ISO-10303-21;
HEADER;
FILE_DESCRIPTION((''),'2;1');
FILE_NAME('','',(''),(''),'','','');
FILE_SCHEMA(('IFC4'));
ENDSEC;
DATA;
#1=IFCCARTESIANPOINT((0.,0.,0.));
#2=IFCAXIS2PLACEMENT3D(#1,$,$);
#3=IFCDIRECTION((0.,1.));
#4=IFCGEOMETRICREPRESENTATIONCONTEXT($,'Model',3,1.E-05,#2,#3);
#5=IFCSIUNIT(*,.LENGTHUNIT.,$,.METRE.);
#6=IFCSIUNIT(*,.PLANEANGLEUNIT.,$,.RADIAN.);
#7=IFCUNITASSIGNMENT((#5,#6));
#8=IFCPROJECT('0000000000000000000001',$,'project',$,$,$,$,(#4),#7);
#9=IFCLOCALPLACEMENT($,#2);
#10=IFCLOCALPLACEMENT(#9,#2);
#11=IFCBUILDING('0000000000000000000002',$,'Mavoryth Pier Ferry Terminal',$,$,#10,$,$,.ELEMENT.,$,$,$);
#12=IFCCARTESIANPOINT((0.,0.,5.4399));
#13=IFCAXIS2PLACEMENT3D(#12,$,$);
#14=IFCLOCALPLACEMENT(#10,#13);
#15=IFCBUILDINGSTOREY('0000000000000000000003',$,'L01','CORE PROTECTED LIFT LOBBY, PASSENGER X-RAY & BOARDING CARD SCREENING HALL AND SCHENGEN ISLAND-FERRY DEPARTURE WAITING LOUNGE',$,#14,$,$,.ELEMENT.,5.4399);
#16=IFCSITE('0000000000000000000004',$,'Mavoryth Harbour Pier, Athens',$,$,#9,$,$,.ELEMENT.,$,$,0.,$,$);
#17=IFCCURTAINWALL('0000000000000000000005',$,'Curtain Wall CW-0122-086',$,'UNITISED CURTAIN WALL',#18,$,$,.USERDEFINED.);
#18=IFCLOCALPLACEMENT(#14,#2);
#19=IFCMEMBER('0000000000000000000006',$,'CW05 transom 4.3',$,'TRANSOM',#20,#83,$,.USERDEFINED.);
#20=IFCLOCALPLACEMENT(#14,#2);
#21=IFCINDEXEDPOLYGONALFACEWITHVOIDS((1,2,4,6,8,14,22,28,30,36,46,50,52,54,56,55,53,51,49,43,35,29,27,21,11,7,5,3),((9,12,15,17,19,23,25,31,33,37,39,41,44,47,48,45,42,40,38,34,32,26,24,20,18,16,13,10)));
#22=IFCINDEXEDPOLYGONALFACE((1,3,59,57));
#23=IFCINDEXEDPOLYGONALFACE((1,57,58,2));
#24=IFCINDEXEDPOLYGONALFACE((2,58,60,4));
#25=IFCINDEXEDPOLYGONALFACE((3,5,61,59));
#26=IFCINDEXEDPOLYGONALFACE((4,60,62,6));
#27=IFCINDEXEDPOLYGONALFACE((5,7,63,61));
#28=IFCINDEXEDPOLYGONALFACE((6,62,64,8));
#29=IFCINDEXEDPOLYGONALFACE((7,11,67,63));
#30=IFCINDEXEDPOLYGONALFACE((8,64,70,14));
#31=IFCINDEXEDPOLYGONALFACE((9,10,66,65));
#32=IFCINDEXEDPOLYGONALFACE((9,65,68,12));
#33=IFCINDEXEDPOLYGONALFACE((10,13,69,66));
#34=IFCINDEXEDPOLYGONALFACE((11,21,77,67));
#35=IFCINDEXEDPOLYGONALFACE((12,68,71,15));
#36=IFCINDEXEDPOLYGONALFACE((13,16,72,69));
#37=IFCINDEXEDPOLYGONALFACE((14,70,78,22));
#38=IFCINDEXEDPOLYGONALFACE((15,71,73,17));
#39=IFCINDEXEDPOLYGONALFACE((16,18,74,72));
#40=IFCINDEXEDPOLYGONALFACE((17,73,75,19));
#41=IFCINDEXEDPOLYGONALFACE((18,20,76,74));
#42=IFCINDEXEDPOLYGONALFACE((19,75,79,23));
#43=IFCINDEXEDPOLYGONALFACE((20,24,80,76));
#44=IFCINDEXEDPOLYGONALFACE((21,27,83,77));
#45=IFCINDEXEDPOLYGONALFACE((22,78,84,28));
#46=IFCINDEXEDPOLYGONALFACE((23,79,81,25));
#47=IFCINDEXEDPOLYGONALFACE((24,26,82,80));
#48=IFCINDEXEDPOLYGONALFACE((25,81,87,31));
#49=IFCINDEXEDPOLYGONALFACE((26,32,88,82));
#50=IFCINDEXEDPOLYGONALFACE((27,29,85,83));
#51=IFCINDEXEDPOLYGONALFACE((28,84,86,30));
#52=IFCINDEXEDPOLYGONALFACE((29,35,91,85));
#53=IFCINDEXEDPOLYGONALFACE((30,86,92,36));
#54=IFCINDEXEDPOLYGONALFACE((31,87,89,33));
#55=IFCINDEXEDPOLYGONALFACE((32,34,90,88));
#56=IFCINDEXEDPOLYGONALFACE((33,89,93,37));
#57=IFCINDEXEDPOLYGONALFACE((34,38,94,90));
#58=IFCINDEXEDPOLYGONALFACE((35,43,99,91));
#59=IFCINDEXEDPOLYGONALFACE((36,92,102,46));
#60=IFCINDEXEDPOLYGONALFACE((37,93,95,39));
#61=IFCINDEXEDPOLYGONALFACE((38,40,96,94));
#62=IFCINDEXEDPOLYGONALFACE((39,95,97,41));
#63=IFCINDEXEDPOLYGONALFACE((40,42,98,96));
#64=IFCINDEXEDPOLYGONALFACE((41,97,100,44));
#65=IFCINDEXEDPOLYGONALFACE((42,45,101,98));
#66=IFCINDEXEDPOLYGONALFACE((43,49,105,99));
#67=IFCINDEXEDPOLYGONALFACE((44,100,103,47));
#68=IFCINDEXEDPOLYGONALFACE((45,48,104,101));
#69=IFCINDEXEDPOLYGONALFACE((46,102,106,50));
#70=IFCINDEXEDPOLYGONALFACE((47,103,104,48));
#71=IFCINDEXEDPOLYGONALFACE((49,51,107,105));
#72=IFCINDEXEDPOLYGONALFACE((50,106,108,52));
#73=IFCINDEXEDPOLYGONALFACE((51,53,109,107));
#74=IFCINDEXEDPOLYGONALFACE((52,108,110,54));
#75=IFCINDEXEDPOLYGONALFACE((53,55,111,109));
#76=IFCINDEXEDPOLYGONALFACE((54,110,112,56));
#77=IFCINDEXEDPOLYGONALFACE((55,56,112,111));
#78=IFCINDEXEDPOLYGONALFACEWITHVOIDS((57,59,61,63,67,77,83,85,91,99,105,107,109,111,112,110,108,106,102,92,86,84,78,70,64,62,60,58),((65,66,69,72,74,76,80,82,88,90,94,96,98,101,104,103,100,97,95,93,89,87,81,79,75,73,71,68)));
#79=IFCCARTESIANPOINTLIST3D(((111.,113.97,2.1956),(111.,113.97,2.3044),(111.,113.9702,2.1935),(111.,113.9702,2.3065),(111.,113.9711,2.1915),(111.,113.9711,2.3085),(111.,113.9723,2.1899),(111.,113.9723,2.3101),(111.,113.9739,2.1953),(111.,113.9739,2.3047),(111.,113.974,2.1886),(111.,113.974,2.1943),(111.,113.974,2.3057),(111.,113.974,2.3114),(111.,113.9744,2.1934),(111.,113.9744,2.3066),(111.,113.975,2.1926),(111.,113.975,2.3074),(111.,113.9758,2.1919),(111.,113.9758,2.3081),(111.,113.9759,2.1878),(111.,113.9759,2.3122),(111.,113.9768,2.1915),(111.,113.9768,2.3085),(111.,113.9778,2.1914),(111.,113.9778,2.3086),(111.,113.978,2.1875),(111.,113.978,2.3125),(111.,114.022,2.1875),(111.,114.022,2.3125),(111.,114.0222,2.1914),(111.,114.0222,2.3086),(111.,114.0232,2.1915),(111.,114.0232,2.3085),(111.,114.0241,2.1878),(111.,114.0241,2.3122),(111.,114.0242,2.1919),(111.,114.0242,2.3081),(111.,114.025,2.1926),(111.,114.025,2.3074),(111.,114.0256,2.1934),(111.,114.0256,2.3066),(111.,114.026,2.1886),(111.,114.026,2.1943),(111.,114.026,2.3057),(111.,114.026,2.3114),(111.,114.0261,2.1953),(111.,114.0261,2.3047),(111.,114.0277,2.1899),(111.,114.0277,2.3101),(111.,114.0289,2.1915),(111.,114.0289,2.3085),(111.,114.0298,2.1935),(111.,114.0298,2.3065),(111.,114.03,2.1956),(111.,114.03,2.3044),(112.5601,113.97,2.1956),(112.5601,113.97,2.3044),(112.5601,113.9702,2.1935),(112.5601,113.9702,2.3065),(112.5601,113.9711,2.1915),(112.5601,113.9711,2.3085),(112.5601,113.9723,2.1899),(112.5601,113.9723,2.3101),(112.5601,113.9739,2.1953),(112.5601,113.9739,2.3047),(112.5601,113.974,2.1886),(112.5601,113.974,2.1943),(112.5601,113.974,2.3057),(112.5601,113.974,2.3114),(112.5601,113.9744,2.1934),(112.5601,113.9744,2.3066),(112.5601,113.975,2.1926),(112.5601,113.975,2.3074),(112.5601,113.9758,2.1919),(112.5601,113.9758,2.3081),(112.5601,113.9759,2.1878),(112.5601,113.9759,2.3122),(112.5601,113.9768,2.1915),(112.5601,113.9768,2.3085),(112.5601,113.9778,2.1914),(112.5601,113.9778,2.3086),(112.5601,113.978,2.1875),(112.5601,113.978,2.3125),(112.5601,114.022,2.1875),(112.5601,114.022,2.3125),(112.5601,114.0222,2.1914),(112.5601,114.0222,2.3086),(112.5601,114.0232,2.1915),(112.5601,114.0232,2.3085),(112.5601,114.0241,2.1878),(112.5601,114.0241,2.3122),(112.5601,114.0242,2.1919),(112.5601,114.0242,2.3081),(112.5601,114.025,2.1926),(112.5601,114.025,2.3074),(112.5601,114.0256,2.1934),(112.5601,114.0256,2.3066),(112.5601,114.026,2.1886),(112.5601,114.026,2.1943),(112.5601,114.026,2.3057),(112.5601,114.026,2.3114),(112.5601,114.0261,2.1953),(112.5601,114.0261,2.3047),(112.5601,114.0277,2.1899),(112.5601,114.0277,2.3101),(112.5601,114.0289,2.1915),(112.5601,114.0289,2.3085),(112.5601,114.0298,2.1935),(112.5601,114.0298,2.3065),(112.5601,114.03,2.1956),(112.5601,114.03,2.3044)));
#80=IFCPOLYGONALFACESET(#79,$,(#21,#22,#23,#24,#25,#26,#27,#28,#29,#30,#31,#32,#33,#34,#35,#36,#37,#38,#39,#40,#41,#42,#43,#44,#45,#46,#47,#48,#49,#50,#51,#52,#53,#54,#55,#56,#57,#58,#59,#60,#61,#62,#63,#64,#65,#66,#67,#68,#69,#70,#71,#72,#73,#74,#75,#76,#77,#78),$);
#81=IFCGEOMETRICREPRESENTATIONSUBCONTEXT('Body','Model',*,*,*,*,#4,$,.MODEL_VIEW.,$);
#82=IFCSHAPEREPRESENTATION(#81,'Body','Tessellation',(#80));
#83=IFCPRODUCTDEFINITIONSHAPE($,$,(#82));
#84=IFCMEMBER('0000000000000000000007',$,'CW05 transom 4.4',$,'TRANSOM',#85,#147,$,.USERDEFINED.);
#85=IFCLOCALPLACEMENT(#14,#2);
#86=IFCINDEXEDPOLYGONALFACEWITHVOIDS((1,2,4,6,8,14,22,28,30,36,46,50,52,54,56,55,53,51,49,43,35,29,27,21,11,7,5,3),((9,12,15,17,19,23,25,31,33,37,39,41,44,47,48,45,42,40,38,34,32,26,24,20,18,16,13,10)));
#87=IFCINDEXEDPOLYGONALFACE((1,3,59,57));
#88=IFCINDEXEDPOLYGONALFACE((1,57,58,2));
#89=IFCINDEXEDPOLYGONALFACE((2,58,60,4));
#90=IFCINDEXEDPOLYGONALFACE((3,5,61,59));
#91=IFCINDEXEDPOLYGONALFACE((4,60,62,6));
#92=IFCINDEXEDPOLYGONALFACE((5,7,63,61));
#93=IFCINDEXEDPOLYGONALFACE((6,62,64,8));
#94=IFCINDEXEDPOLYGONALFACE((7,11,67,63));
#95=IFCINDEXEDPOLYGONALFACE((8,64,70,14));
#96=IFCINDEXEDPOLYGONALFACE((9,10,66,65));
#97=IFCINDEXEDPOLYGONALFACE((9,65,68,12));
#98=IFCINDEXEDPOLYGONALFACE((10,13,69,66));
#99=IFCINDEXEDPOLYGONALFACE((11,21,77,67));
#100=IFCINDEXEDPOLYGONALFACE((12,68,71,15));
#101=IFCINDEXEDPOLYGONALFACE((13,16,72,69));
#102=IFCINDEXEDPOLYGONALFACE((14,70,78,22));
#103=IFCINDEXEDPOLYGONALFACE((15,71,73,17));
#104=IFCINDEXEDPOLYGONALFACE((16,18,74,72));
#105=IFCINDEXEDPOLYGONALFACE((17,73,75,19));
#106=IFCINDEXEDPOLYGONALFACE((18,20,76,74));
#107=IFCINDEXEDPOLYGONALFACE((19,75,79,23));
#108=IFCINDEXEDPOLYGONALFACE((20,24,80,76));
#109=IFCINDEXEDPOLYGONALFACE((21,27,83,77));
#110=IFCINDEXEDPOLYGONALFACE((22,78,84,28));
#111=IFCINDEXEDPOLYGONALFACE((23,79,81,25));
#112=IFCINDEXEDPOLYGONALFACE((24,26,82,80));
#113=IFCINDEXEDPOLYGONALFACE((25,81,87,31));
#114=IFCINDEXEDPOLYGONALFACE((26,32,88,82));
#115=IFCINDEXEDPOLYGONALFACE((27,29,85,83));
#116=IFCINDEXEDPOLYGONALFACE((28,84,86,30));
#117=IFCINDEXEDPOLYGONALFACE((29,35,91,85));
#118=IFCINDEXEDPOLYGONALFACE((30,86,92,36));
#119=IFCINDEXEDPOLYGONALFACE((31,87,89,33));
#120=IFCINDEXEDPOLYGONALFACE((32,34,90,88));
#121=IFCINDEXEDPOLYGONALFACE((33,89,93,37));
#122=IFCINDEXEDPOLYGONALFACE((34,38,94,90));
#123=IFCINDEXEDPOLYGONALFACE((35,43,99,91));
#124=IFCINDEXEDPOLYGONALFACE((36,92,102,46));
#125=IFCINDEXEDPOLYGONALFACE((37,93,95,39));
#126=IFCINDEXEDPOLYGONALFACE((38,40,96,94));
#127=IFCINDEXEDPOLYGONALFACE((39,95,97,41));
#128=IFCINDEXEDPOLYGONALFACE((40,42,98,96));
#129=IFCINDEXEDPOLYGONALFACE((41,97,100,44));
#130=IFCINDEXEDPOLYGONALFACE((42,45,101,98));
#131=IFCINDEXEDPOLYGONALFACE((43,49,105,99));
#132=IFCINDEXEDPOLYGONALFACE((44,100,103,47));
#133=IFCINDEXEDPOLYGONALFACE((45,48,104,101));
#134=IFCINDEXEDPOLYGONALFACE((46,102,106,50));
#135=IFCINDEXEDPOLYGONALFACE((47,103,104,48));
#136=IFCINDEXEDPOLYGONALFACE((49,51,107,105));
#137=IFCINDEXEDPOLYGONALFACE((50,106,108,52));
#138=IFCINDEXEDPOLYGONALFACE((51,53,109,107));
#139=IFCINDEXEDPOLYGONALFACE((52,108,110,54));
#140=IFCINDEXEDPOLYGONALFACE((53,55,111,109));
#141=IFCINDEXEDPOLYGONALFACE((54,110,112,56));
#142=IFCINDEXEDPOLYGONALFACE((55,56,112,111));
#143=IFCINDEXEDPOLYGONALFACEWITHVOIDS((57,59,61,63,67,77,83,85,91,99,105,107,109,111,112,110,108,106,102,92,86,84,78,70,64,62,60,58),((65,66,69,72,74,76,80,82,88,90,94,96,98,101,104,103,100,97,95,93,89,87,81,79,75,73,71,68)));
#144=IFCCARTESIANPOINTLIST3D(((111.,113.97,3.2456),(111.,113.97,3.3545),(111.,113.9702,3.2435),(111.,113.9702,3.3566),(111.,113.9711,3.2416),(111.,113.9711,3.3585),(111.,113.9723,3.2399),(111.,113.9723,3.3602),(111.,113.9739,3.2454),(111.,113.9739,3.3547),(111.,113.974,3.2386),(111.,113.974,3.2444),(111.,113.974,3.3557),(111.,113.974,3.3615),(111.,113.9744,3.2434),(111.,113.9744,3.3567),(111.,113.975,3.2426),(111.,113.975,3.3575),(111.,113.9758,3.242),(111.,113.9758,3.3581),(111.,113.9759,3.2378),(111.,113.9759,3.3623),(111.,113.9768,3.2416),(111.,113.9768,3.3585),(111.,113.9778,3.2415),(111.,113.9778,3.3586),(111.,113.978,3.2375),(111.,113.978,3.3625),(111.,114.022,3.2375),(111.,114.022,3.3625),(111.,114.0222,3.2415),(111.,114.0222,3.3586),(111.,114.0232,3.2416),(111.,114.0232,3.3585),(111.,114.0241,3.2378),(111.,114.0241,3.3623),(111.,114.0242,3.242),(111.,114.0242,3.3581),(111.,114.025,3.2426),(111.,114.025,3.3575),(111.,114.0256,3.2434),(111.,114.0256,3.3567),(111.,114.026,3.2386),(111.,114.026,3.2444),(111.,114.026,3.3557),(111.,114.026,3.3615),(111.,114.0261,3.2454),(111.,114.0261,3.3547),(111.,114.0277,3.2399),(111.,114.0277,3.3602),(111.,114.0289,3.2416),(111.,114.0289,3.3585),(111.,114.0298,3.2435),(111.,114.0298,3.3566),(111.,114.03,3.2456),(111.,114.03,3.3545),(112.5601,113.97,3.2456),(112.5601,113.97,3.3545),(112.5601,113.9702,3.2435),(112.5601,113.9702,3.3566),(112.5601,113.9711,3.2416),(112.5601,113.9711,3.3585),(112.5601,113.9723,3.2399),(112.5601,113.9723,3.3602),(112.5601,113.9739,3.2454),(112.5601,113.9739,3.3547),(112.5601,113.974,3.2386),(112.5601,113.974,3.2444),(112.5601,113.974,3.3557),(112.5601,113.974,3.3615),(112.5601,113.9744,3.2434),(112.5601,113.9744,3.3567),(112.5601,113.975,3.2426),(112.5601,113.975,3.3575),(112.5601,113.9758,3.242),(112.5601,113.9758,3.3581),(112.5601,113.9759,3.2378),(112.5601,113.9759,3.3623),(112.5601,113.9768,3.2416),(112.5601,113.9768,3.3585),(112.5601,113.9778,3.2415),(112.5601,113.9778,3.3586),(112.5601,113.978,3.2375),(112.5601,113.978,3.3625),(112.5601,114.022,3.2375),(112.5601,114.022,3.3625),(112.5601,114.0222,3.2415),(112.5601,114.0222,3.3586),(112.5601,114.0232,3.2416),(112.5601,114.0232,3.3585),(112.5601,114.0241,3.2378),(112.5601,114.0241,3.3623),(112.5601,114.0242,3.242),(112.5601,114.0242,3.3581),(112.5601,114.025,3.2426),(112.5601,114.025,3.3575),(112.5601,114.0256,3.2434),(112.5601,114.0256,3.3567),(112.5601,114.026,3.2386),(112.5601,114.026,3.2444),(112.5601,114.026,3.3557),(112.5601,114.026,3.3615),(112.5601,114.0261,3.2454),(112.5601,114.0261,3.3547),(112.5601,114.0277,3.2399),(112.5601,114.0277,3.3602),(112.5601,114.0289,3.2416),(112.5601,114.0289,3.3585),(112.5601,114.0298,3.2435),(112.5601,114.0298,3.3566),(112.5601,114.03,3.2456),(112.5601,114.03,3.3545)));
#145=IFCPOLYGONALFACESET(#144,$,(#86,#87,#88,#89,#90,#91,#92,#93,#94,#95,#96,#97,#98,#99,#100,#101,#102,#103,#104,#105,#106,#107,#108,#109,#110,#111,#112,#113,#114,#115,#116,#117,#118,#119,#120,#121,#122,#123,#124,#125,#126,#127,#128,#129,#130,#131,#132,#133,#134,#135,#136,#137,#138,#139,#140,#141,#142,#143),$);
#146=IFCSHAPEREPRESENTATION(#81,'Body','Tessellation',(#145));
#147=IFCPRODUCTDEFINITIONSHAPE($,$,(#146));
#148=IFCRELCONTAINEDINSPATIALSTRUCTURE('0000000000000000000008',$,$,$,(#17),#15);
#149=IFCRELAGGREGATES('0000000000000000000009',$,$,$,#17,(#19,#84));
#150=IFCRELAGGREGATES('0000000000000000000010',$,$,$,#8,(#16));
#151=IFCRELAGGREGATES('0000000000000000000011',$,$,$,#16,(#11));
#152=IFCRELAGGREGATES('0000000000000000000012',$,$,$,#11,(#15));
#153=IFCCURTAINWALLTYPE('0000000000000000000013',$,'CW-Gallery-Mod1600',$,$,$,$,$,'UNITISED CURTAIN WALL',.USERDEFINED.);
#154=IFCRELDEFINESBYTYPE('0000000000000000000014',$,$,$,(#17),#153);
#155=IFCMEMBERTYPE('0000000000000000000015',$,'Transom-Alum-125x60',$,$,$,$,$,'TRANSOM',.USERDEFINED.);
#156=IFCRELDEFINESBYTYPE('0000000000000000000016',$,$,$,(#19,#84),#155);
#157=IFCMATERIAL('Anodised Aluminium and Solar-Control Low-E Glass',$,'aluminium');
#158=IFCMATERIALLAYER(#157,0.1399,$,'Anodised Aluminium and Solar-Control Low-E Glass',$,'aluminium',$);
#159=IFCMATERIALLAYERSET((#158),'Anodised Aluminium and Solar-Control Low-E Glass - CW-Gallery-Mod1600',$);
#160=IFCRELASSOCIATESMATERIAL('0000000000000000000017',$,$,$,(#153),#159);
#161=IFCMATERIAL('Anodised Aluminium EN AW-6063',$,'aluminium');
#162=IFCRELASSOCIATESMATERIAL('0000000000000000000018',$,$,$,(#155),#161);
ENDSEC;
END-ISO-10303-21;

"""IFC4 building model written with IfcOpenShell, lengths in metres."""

from ifc_helpers import new_model, si_unit, direction, frame, origin, origin_2d, place, context, subcontext, project, spatial, hollow_rectangle, extrude, material, layer, layer_set, material_profile, profile_set, type_object, element, aggregate, save


model = new_model("IFC4")

# Units and contexts
model_context = context("Model", 3, precision=1e-05, world=origin(), true_north=direction((0.0, 1.0)))
body_context = subcontext(model_context, "Body", "Model", "MODEL_VIEW")
ifc_project = project(units=[si_unit("LENGTHUNIT", "METRE"), si_unit("PLANEANGLEUNIT", "RADIAN")], contexts=[model_context])

# Site, building, storey
site_placement = place(None, origin())
site = spatial("IfcSite", under=ifc_project, at=site_placement, Name="Mavoryth Harbour Pier, Athens", CompositionType="ELEMENT", RefElevation=0.0)
building_placement = place(site_placement, origin())
building = spatial("IfcBuilding", under=site, at=building_placement, Name="Mavoryth Pier Ferry Terminal", CompositionType="ELEMENT")
storey_placement = place(building_placement, frame((0.0, 0.0, 5.4399)))
storey = spatial("IfcBuildingStorey", under=building, at=storey_placement, Name="L01", Description="CORE PROTECTED LIFT LOBBY, PASSENGER X-RAY & BOARDING CARD SCREENING HALL AND SCHENGEN ISLAND-FERRY DEPARTURE WAITING LOUNGE", CompositionType="ELEMENT", Elevation=5.4399)

# Curtain wall
ifc_material_1 = material(Name="Anodised Aluminium and Solar-Control Low-E Glass", Category="aluminium")
ifc_layer_1 = layer(ifc_material_1, 0.1399, Name="Anodised Aluminium and Solar-Control Low-E Glass", Category="aluminium")
ifc_layer_set_1 = layer_set([ifc_layer_1], Name="Anodised Aluminium and Solar-Control Low-E Glass - CW-Gallery-Mod1600")
curtain_wall_type = type_object("IfcCurtainWallType", Name="CW-Gallery-Mod1600", ElementType="UNITISED CURTAIN WALL", PredefinedType="USERDEFINED", material=ifc_layer_set_1)
ifc_material_2 = material(Name="Anodised Aluminium EN AW-6063", Category="aluminium")
curtain_wall_1_placement = place(storey_placement, origin())
curtain_wall_1 = element("IfcCurtainWall", 1, at=curtain_wall_1_placement, inside=storey, type_object=curtain_wall_type, Name="Curtain Wall CW-0122-086", ObjectType="UNITISED CURTAIN WALL", PredefinedType="USERDEFINED")

# Members
ifc_material_profile_1 = material_profile(ifc_material_2, hollow_rectangle(XDim=0.0601, YDim=0.125, WallThickness=0.0039, InnerFilletRadius=0.0039, OuterFilletRadius=0.0081, at=origin_2d()), Name="AL-TRAN 125x60x4", Category="aluminium")
ifc_profile_set_1 = profile_set([ifc_material_profile_1], Name="Anodised Aluminium EN AW-6063 - AL-TRAN 125x60x4")
member_type_1 = type_object("IfcMemberType", Name="Transom-Alum-125x60", ElementType="TRANSOM", PredefinedType="USERDEFINED", material=ifc_profile_set_1)
member_1_placement = place(storey_placement, frame((112.5601, 114.0, 2.25), z_axis=(-1.0, 0.0, 0.0), x_axis=(0.0, -1.0, 0.0)))
member_1 = element("IfcMember", 2, at=member_1_placement, type_object=member_type_1, Name="CW05 transom 4.3", ObjectType="TRANSOM", PredefinedType="USERDEFINED", context=body_context, shape_type="SweptSolid", body=[
    extrude(hollow_rectangle(XDim=0.0601, YDim=0.125, WallThickness=0.0039, InnerFilletRadius=0.0039, OuterFilletRadius=0.0081, at=origin_2d()), origin(), (0.0, 0.0, 1.0), 1.5601),
])
member_2_placement = place(storey_placement, frame((112.5601, 114.0, 3.3), z_axis=(-1.0, 0.0, 0.0), x_axis=(0.0, -1.0, 0.0)))
member_2 = element("IfcMember", 3, at=member_2_placement, type_object=member_type_1, Name="CW05 transom 4.4", ObjectType="TRANSOM", PredefinedType="USERDEFINED", context=body_context, shape_type="SweptSolid", body=[
    extrude(hollow_rectangle(XDim=0.0601, YDim=0.125, WallThickness=0.0039, InnerFilletRadius=0.0039, OuterFilletRadius=0.0081, at=origin_2d()), origin(), (0.0, 0.0, 1.0), 1.5601),
])

aggregate(curtain_wall_1, [member_1, member_2])

save(model, "model.ifc")
